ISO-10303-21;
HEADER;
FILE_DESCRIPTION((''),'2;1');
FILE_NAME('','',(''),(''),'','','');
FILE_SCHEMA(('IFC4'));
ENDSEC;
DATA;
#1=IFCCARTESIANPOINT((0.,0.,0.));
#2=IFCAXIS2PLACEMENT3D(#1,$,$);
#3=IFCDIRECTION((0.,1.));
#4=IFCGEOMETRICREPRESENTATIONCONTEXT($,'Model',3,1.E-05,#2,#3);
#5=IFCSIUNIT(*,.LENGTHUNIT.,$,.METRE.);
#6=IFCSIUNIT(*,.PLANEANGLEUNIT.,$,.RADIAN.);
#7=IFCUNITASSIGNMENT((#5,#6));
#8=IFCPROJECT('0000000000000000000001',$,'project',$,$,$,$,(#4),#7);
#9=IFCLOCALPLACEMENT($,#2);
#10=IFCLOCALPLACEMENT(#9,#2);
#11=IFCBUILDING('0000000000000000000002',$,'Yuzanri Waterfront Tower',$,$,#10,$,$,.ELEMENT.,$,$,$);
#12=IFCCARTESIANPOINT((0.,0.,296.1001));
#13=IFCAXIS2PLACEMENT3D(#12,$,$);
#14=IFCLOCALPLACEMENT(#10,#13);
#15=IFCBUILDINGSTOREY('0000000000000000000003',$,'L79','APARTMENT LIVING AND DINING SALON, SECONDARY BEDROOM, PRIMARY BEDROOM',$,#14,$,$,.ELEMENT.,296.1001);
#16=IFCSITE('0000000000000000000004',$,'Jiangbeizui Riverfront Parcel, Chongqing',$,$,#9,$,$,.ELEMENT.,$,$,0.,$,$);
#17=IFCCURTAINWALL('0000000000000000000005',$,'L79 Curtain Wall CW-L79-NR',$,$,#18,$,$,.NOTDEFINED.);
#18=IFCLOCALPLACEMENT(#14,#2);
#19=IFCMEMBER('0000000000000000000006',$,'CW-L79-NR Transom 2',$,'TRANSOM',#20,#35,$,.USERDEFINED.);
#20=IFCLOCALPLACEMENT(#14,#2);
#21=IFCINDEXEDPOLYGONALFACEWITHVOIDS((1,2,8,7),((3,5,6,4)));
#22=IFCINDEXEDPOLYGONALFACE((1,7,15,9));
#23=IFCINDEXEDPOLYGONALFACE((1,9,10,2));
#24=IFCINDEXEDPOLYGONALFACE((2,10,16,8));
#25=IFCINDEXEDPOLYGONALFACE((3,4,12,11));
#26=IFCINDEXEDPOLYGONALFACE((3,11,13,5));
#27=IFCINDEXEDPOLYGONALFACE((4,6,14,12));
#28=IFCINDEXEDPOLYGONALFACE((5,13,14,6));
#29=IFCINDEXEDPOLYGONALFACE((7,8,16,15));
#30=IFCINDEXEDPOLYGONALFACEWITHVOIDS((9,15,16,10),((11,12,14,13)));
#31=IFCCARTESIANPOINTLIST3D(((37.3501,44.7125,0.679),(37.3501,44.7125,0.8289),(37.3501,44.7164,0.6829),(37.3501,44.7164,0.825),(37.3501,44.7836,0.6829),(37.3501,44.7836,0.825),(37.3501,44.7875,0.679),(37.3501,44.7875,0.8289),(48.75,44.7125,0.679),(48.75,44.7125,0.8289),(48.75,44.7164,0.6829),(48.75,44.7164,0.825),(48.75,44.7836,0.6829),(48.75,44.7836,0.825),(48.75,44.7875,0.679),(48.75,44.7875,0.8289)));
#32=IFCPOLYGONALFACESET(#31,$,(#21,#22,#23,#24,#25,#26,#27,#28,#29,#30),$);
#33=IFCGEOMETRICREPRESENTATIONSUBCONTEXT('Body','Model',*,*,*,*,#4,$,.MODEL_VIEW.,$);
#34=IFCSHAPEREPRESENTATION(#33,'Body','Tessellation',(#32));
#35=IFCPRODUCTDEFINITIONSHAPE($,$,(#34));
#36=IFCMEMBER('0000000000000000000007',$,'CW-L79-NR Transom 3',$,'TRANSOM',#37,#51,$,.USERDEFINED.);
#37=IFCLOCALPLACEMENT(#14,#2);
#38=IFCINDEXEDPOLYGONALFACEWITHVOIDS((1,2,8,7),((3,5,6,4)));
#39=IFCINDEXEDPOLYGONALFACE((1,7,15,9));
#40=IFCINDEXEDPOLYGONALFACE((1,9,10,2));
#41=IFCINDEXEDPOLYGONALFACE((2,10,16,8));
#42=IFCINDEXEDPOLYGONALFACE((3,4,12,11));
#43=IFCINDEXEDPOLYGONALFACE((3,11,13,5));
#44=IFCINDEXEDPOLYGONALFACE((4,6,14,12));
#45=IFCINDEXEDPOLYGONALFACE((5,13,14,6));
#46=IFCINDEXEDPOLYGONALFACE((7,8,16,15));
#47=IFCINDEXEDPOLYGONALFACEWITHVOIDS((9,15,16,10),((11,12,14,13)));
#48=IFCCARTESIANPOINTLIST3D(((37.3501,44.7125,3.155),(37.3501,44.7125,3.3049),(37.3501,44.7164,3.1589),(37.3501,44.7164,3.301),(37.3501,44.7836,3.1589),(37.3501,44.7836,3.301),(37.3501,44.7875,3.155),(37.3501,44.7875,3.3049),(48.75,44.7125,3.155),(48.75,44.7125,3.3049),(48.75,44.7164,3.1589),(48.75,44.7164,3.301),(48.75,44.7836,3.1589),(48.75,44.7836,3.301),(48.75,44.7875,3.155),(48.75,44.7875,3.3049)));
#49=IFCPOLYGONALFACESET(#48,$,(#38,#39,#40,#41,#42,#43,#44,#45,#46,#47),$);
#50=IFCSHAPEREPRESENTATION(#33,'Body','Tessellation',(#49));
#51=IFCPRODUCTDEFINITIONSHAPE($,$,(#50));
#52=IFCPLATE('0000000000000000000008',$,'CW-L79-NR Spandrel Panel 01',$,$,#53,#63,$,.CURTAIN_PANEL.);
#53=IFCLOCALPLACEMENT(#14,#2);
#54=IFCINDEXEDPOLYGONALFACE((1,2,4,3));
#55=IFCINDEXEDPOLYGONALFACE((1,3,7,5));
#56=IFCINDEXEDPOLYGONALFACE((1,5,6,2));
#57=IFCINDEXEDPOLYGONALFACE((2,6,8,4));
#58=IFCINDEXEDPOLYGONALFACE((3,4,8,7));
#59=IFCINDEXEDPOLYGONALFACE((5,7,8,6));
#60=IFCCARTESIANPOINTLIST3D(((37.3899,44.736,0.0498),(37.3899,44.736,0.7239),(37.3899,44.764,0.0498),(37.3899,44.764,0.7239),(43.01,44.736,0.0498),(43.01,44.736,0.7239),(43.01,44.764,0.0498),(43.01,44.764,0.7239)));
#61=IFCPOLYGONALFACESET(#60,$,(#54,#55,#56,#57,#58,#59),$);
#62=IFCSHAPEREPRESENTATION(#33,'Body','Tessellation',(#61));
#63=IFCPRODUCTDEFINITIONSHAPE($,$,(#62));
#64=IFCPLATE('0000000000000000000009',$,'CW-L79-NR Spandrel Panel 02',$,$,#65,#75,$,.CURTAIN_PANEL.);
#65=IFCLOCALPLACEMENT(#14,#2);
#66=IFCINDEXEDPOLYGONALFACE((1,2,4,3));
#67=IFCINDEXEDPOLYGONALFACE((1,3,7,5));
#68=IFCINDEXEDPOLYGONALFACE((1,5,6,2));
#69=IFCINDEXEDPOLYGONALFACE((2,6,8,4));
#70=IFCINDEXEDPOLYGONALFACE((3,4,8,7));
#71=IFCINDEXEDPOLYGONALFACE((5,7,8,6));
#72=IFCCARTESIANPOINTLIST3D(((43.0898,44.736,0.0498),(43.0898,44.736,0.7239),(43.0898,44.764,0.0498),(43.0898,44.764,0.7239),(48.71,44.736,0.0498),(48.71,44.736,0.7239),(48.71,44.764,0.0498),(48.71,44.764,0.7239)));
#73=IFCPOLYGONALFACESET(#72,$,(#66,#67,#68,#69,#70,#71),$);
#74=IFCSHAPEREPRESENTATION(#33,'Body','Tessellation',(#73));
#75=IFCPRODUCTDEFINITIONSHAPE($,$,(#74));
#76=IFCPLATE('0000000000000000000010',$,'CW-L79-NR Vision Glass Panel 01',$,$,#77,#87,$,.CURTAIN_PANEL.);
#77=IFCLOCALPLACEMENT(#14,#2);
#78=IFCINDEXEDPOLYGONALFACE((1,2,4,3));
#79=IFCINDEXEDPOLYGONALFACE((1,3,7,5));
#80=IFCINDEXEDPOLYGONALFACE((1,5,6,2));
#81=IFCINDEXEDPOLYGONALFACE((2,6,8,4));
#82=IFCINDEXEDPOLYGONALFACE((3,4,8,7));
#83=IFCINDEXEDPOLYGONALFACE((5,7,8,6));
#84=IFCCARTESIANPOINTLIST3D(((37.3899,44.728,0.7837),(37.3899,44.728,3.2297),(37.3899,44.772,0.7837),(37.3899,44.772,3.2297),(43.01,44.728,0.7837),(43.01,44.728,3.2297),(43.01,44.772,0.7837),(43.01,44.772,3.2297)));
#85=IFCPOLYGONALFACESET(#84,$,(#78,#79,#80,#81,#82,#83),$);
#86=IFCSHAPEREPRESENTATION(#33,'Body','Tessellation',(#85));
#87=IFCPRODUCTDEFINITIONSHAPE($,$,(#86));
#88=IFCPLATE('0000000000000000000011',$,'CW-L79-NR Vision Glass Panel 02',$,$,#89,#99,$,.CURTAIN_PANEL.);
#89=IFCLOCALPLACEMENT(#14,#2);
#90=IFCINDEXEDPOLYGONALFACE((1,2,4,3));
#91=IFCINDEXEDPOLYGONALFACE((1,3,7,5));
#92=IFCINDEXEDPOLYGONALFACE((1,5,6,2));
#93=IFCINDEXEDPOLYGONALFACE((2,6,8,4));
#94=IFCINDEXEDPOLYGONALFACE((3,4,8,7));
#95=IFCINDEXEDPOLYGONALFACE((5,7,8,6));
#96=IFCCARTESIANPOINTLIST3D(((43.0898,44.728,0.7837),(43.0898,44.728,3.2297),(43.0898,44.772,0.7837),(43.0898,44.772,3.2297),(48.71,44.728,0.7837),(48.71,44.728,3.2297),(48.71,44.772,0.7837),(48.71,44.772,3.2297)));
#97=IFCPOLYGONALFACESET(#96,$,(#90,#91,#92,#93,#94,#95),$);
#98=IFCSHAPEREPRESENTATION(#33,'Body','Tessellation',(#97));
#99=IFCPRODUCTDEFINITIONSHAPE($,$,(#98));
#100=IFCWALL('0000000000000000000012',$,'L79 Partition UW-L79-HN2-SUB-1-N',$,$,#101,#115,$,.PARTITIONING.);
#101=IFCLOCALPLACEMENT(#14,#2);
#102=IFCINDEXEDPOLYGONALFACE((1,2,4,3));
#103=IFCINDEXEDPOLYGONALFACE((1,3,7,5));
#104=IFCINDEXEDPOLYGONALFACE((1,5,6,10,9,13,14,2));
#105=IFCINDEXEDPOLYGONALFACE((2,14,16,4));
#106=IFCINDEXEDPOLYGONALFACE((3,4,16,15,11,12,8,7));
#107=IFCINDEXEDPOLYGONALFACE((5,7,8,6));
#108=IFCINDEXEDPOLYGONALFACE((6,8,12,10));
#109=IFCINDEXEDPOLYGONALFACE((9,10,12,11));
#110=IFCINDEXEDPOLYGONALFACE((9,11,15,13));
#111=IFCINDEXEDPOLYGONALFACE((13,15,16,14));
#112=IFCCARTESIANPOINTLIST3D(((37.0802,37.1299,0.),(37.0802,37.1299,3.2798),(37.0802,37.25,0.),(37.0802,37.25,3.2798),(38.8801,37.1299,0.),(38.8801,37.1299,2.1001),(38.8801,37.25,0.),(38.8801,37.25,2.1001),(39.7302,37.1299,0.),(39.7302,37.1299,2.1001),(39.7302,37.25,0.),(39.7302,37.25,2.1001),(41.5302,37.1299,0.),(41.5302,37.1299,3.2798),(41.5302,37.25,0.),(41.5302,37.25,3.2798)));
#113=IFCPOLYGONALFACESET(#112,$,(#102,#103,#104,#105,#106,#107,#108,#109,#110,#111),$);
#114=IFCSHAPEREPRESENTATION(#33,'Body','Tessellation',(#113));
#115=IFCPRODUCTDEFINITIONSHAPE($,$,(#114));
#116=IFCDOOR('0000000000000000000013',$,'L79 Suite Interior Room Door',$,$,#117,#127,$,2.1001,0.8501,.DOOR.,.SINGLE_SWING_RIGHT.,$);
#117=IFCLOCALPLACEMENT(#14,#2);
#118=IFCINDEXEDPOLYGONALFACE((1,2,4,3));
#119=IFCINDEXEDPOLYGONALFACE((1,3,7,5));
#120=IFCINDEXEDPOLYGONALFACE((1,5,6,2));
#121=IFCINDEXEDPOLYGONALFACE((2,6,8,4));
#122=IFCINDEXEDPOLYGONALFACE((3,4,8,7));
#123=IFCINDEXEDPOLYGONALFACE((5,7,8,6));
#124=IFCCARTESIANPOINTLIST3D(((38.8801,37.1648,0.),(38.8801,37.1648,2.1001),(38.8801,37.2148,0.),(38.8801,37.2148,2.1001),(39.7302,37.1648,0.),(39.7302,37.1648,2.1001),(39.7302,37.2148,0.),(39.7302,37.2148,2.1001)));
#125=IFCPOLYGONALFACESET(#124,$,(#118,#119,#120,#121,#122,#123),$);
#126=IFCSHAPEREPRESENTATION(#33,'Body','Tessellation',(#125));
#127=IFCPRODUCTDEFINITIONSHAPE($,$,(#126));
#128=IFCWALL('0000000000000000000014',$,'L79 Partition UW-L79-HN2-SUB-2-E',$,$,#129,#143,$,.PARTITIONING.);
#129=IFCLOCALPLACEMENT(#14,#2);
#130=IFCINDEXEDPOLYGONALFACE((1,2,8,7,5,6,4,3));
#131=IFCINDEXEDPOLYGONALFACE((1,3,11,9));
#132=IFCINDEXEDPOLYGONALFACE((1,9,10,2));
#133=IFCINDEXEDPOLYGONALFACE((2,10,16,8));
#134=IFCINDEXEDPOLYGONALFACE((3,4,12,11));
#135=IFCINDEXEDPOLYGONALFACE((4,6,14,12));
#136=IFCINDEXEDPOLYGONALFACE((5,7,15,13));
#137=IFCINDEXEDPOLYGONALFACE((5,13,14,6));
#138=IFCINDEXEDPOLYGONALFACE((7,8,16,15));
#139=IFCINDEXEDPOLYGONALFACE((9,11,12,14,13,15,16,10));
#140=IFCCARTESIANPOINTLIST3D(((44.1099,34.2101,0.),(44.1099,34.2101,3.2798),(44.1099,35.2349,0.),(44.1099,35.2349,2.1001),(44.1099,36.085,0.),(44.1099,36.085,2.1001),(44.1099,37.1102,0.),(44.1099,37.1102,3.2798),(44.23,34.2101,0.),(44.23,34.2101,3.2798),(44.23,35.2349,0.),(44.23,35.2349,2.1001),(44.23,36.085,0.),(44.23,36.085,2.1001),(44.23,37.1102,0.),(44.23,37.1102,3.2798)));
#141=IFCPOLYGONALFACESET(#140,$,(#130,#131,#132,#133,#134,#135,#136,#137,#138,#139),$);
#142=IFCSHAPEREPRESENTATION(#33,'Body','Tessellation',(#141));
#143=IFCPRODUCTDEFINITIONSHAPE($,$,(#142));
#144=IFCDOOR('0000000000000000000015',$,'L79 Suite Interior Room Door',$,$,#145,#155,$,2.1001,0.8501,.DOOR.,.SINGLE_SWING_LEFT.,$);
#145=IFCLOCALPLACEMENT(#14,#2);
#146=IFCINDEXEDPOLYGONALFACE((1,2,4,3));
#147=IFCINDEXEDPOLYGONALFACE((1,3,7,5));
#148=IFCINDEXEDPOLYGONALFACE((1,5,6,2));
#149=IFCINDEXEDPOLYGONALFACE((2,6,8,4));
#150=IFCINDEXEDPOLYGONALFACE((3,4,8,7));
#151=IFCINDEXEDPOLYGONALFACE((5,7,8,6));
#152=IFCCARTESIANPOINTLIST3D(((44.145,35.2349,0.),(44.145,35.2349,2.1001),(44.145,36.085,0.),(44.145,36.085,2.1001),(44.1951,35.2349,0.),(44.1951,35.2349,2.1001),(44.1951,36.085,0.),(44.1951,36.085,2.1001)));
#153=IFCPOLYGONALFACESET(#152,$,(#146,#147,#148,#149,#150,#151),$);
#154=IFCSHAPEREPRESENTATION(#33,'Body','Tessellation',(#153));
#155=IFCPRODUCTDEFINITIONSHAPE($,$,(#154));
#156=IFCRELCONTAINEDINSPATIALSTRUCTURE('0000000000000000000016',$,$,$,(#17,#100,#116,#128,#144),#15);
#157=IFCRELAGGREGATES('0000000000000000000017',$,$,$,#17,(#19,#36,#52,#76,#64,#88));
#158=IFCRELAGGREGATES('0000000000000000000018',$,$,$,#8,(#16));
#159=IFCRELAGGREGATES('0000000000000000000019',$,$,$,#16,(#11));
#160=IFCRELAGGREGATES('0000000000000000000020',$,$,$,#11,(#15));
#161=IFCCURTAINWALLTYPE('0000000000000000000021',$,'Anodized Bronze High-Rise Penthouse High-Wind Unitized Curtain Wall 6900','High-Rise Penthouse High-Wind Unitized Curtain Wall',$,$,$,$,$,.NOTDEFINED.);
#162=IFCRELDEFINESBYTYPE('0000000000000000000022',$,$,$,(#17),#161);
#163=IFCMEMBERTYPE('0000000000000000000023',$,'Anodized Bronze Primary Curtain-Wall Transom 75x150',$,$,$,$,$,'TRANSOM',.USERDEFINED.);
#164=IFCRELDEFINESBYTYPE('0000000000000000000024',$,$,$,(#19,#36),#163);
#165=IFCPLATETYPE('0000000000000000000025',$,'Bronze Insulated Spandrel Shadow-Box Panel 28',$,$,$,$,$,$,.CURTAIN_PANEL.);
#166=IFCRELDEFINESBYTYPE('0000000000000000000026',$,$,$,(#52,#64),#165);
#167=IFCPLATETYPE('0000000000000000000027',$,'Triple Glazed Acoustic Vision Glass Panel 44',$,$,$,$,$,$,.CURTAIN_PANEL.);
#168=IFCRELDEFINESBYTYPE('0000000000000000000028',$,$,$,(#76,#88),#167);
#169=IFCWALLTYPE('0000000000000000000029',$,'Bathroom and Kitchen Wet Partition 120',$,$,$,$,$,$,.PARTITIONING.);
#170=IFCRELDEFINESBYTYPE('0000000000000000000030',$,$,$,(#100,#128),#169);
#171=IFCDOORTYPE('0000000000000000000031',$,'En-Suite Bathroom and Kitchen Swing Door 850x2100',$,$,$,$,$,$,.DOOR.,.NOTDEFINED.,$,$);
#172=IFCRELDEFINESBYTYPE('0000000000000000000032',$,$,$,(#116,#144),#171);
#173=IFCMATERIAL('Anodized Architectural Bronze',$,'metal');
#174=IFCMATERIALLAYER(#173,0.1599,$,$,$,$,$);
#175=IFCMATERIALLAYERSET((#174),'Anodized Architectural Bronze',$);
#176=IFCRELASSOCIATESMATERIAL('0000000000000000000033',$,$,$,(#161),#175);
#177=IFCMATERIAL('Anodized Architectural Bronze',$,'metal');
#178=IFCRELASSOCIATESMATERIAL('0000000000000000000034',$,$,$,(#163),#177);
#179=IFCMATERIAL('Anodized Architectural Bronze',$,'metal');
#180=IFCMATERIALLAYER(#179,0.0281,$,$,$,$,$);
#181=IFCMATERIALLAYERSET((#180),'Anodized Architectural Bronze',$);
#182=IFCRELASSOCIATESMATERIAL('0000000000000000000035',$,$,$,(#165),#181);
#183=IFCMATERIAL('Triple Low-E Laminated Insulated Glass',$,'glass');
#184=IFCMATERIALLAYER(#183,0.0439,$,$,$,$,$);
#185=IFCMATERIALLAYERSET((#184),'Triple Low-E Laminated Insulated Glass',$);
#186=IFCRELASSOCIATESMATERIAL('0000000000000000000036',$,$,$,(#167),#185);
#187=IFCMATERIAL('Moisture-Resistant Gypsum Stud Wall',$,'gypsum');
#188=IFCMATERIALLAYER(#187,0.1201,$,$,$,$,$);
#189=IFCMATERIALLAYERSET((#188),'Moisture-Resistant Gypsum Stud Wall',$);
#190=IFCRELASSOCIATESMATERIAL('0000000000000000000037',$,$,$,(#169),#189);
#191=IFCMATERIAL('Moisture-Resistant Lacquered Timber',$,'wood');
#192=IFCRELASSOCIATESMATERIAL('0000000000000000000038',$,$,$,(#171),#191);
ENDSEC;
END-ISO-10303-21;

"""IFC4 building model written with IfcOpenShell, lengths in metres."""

from ifc_helpers import new_model, si_unit, direction, frame, frame_2d, origin, origin_2d, place, context, subcontext, project, spatial, rectangle, hollow_rectangle, extrude, source, transform, mapped, material, layer, layer_set, material_profile, profile_set, type_object, element, fill, aggregate, save


model = new_model("IFC4")

# Units and contexts
model_context = context("Model", 3, precision=1e-05, world=origin(), true_north=direction((0.0, 1.0)))
body_context = subcontext(model_context, "Body", "Model", "MODEL_VIEW")
ifc_project = project(units=[si_unit("LENGTHUNIT", "METRE"), si_unit("PLANEANGLEUNIT", "RADIAN")], contexts=[model_context])

# Site, building, storey
site_placement = place(None, origin())
site = spatial("IfcSite", under=ifc_project, at=site_placement, Name="Jiangbeizui Riverfront Parcel, Chongqing", CompositionType="ELEMENT", RefElevation=0.0)
building_placement = place(site_placement, origin())
building = spatial("IfcBuilding", under=site, at=building_placement, Name="Yuzanri Waterfront Tower", CompositionType="ELEMENT")
storey_placement = place(building_placement, frame((0.0, 0.0, 296.1001)))
storey = spatial("IfcBuildingStorey", under=building, at=storey_placement, Name="L79", Description="APARTMENT LIVING AND DINING SALON, SECONDARY BEDROOM, PRIMARY BEDROOM", CompositionType="ELEMENT", Elevation=296.1001)

# Curtain wall, members, plates
ifc_material_1 = material(Name="Anodized Architectural Bronze", Category="metal")
ifc_layer_1 = layer(ifc_material_1, 0.1599)
ifc_layer_set_1 = layer_set([ifc_layer_1], Name="Anodized Architectural Bronze")
curtain_wall_type = type_object("IfcCurtainWallType", Name="Anodized Bronze High-Rise Penthouse High-Wind Unitized Curtain Wall 6900", Description="High-Rise Penthouse High-Wind Unitized Curtain Wall", PredefinedType="NOTDEFINED", material=ifc_layer_set_1)
curtain_wall_placement = place(storey_placement, origin())
curtain_wall = element("IfcCurtainWall", 1, at=curtain_wall_placement, inside=storey, type_object=curtain_wall_type, Name="L79 Curtain Wall CW-L79-NR", PredefinedType="NOTDEFINED")
ifc_material_2 = material(Name="Anodized Architectural Bronze", Category="metal")
ifc_material_profile_1 = material_profile(ifc_material_2, hollow_rectangle(XDim=0.075, YDim=0.1499, WallThickness=0.0039, at=origin_2d()), Name="CWT 75x150")
ifc_profile_set_1 = profile_set([ifc_material_profile_1], Name="Anodized Architectural Bronze")
member_type_1 = type_object("IfcMemberType", Name="Anodized Bronze Primary Curtain-Wall Transom 75x150", ElementType="TRANSOM", PredefinedType="USERDEFINED", material=ifc_profile_set_1)
shared_shape_1 = source(origin(), body_context, "Body", "SweptSolid", [
    extrude(hollow_rectangle(XDim=0.075, YDim=0.1499, WallThickness=0.0039, at=origin_2d()), origin(), (0.0, 0.0, 1.0), 11.3999),
])
member_1_placement = place(storey_placement, frame((37.3501, 44.75, 0.7539), z_axis=(1.0, 0.0, 0.0), x_axis=(0.0, 1.0, 0.0)))
member_1 = element("IfcMember", 2, at=member_1_placement, type_object=member_type_1, Name="CW-L79-NR Transom 2", ObjectType="TRANSOM", PredefinedType="USERDEFINED", context=body_context, shape_type="MappedRepresentation", body=[
    mapped(shared_shape_1, transform((0.0, 0.0, 0.0), scale=1.0)),
])
member_2_placement = place(storey_placement, frame((37.3501, 44.75, 3.23), z_axis=(1.0, 0.0, 0.0), x_axis=(0.0, 1.0, 0.0)))
member_2 = element("IfcMember", 3, at=member_2_placement, type_object=member_type_1, Name="CW-L79-NR Transom 3", ObjectType="TRANSOM", PredefinedType="USERDEFINED", context=body_context, shape_type="MappedRepresentation", body=[
    mapped(shared_shape_1, transform((0.0, 0.0, 0.0), scale=1.0)),
])
ifc_material_3 = material(Name="Anodized Architectural Bronze", Category="metal")
ifc_layer_2 = layer(ifc_material_3, 0.0281)
ifc_layer_set_2 = layer_set([ifc_layer_2], Name="Anodized Architectural Bronze")
plate_type_1 = type_object("IfcPlateType", Name="Bronze Insulated Spandrel Shadow-Box Panel 28", PredefinedType="CURTAIN_PANEL", material=ifc_layer_set_2)
shared_shape_2 = source(origin(), body_context, "Body", "SweptSolid", [
    extrude(rectangle(XDim=5.6201, YDim=0.0281, at=origin_2d()), origin(), (0.0, 0.0, 1.0), 0.6741),
])
plate_1_placement = place(storey_placement, frame((40.2, 44.75, 0.0498), z_axis=(0.0, 0.0, 1.0), x_axis=(1.0, 0.0, 0.0)))
plate_1 = element("IfcPlate", 4, at=plate_1_placement, type_object=plate_type_1, Name="CW-L79-NR Spandrel Panel 01", PredefinedType="CURTAIN_PANEL", context=body_context, shape_type="MappedRepresentation", body=[
    mapped(shared_shape_2, transform((0.0, 0.0, 0.0), scale=1.0)),
])
plate_2_placement = place(storey_placement, frame((45.8999, 44.75, 0.0498), z_axis=(0.0, 0.0, 1.0), x_axis=(1.0, 0.0, 0.0)))
plate_2 = element("IfcPlate", 5, at=plate_2_placement, type_object=plate_type_1, Name="CW-L79-NR Spandrel Panel 02", PredefinedType="CURTAIN_PANEL", context=body_context, shape_type="MappedRepresentation", body=[
    mapped(shared_shape_2, transform((0.0, 0.0, 0.0), scale=1.0)),
])
ifc_material_4 = material(Name="Triple Low-E Laminated Insulated Glass", Category="glass")
ifc_layer_3 = layer(ifc_material_4, 0.0439)
ifc_layer_set_3 = layer_set([ifc_layer_3], Name="Triple Low-E Laminated Insulated Glass")
plate_type_2 = type_object("IfcPlateType", Name="Triple Glazed Acoustic Vision Glass Panel 44", PredefinedType="CURTAIN_PANEL", material=ifc_layer_set_3)
shared_shape_3 = source(origin(), body_context, "Body", "SweptSolid", [
    extrude(rectangle(XDim=5.6201, YDim=0.0439, at=origin_2d()), origin(), (0.0, 0.0, 1.0), 2.446),
])
plate_3_placement = place(storey_placement, frame((40.2, 44.75, 0.7837), z_axis=(0.0, 0.0, 1.0), x_axis=(1.0, 0.0, 0.0)))
plate_3 = element("IfcPlate", 6, at=plate_3_placement, type_object=plate_type_2, Name="CW-L79-NR Vision Glass Panel 01", PredefinedType="CURTAIN_PANEL", context=body_context, shape_type="MappedRepresentation", body=[
    mapped(shared_shape_3, transform((0.0, 0.0, 0.0), scale=1.0)),
])
plate_4_placement = place(storey_placement, frame((45.8999, 44.75, 0.7837), z_axis=(0.0, 0.0, 1.0), x_axis=(1.0, 0.0, 0.0)))
plate_4 = element("IfcPlate", 7, at=plate_4_placement, type_object=plate_type_2, Name="CW-L79-NR Vision Glass Panel 02", PredefinedType="CURTAIN_PANEL", context=body_context, shape_type="MappedRepresentation", body=[
    mapped(shared_shape_3, transform((0.0, 0.0, 0.0), scale=1.0)),
])
aggregate(curtain_wall, [member_1, member_2, plate_1, plate_3, plate_2, plate_4])

# Walls, openings, doors
ifc_material_5 = material(Name="Moisture-Resistant Gypsum Stud Wall", Category="gypsum")
ifc_layer_4 = layer(ifc_material_5, 0.1201)
ifc_layer_set_4 = layer_set([ifc_layer_4], Name="Moisture-Resistant Gypsum Stud Wall")
wall_type = type_object("IfcWallType", Name="Bathroom and Kitchen Wet Partition 120", PredefinedType="PARTITIONING", material=ifc_layer_set_4)
wall_1_placement = place(storey_placement, frame((37.0801, 37.1899, 0.0), z_axis=(0.0, 0.0, 1.0), x_axis=(1.0, 0.0, 0.0)))
wall_1 = element("IfcWall", 8, at=wall_1_placement, inside=storey, type_object=wall_type, Name="L79 Partition UW-L79-HN2-SUB-1-N", PredefinedType="PARTITIONING", context=body_context, shape_type="SweptSolid", body=[
    extrude(rectangle(XDim=4.45, YDim=0.1201, at=frame_2d((2.2251, 0.0))), origin(), (0.0, 0.0, 1.0), 3.2798),
])
opening_1_placement = place(wall_1_placement, frame((1.8, 0.0, 0.0)))
opening_1 = element("IfcOpeningElement", 9, at=opening_1_placement, cuts=wall_1, PredefinedType="OPENING", context=body_context, shape_type="SweptSolid", body=[
    extrude(rectangle(XDim=0.8501, YDim=2.1001, at=frame_2d((0.425, 1.05))), frame((0.0, 0.075, 0.0), z_axis=(0.0, -1.0, 0.0), x_axis=(1.0, 0.0, 0.0)), (0.0, 0.0, 1.0), 0.1499),
])
ifc_material_6 = material(Name="Moisture-Resistant Lacquered Timber", Category="wood")
door_type_1 = type_object("IfcDoorType", Name="En-Suite Bathroom and Kitchen Swing Door 850x2100", OperationType="NOTDEFINED", PredefinedType="DOOR", material=ifc_material_6)
shared_shape_4 = source(origin(), body_context, "Body", "SweptSolid", [
    extrude(rectangle(XDim=0.8501, YDim=2.1001, at=frame_2d((0.425, 1.05))), frame((0.0, 0.0249, 0.0), z_axis=(0.0, -1.0, 0.0), x_axis=(1.0, 0.0, 0.0)), (0.0, 0.0, 1.0), 0.05),
])
door_1_placement = place(opening_1_placement, origin())
door_1 = element("IfcDoor", 10, at=door_1_placement, inside=storey, type_object=door_type_1, Name="L79 Suite Interior Room Door", OperationType="SINGLE_SWING_RIGHT", OverallHeight=2.1001, OverallWidth=0.8501, PredefinedType="DOOR", context=body_context, shape_type="MappedRepresentation", body=[
    mapped(shared_shape_4, transform((0.0, 0.0, 0.0), scale=1.0)),
])
fill(opening_1, door_1)
wall_2_placement = place(storey_placement, frame((44.1699, 34.21, 0.0), z_axis=(0.0, 0.0, 1.0), x_axis=(0.0, 1.0, 0.0)))
wall_2 = element("IfcWall", 11, at=wall_2_placement, inside=storey, type_object=wall_type, Name="L79 Partition UW-L79-HN2-SUB-2-E", PredefinedType="PARTITIONING", context=body_context, shape_type="SweptSolid", body=[
    extrude(rectangle(XDim=2.9001, YDim=0.1201, at=frame_2d((1.4502, 0.0))), origin(), (0.0, 0.0, 1.0), 3.2798),
])
opening_2_placement = place(wall_2_placement, frame((1.0249, 0.0, 0.0)))
opening_2 = element("IfcOpeningElement", 12, at=opening_2_placement, cuts=wall_2, PredefinedType="OPENING", context=body_context, shape_type="SweptSolid", body=[
    extrude(rectangle(XDim=0.8501, YDim=2.1001, at=frame_2d((0.425, 1.05))), frame((0.0, 0.075, 0.0), z_axis=(0.0, -1.0, 0.0), x_axis=(1.0, 0.0, 0.0)), (0.0, 0.0, 1.0), 0.1499),
])
door_2_placement = place(opening_2_placement, origin())
door_2 = element("IfcDoor", 13, at=door_2_placement, inside=storey, type_object=door_type_1, Name="L79 Suite Interior Room Door", OperationType="SINGLE_SWING_LEFT", OverallHeight=2.1001, OverallWidth=0.8501, PredefinedType="DOOR", context=body_context, shape_type="MappedRepresentation", body=[
    mapped(shared_shape_4, transform((0.0, 0.0, 0.0), scale=1.0)),
])
fill(opening_2, door_2)

save(model, "model.ifc")
